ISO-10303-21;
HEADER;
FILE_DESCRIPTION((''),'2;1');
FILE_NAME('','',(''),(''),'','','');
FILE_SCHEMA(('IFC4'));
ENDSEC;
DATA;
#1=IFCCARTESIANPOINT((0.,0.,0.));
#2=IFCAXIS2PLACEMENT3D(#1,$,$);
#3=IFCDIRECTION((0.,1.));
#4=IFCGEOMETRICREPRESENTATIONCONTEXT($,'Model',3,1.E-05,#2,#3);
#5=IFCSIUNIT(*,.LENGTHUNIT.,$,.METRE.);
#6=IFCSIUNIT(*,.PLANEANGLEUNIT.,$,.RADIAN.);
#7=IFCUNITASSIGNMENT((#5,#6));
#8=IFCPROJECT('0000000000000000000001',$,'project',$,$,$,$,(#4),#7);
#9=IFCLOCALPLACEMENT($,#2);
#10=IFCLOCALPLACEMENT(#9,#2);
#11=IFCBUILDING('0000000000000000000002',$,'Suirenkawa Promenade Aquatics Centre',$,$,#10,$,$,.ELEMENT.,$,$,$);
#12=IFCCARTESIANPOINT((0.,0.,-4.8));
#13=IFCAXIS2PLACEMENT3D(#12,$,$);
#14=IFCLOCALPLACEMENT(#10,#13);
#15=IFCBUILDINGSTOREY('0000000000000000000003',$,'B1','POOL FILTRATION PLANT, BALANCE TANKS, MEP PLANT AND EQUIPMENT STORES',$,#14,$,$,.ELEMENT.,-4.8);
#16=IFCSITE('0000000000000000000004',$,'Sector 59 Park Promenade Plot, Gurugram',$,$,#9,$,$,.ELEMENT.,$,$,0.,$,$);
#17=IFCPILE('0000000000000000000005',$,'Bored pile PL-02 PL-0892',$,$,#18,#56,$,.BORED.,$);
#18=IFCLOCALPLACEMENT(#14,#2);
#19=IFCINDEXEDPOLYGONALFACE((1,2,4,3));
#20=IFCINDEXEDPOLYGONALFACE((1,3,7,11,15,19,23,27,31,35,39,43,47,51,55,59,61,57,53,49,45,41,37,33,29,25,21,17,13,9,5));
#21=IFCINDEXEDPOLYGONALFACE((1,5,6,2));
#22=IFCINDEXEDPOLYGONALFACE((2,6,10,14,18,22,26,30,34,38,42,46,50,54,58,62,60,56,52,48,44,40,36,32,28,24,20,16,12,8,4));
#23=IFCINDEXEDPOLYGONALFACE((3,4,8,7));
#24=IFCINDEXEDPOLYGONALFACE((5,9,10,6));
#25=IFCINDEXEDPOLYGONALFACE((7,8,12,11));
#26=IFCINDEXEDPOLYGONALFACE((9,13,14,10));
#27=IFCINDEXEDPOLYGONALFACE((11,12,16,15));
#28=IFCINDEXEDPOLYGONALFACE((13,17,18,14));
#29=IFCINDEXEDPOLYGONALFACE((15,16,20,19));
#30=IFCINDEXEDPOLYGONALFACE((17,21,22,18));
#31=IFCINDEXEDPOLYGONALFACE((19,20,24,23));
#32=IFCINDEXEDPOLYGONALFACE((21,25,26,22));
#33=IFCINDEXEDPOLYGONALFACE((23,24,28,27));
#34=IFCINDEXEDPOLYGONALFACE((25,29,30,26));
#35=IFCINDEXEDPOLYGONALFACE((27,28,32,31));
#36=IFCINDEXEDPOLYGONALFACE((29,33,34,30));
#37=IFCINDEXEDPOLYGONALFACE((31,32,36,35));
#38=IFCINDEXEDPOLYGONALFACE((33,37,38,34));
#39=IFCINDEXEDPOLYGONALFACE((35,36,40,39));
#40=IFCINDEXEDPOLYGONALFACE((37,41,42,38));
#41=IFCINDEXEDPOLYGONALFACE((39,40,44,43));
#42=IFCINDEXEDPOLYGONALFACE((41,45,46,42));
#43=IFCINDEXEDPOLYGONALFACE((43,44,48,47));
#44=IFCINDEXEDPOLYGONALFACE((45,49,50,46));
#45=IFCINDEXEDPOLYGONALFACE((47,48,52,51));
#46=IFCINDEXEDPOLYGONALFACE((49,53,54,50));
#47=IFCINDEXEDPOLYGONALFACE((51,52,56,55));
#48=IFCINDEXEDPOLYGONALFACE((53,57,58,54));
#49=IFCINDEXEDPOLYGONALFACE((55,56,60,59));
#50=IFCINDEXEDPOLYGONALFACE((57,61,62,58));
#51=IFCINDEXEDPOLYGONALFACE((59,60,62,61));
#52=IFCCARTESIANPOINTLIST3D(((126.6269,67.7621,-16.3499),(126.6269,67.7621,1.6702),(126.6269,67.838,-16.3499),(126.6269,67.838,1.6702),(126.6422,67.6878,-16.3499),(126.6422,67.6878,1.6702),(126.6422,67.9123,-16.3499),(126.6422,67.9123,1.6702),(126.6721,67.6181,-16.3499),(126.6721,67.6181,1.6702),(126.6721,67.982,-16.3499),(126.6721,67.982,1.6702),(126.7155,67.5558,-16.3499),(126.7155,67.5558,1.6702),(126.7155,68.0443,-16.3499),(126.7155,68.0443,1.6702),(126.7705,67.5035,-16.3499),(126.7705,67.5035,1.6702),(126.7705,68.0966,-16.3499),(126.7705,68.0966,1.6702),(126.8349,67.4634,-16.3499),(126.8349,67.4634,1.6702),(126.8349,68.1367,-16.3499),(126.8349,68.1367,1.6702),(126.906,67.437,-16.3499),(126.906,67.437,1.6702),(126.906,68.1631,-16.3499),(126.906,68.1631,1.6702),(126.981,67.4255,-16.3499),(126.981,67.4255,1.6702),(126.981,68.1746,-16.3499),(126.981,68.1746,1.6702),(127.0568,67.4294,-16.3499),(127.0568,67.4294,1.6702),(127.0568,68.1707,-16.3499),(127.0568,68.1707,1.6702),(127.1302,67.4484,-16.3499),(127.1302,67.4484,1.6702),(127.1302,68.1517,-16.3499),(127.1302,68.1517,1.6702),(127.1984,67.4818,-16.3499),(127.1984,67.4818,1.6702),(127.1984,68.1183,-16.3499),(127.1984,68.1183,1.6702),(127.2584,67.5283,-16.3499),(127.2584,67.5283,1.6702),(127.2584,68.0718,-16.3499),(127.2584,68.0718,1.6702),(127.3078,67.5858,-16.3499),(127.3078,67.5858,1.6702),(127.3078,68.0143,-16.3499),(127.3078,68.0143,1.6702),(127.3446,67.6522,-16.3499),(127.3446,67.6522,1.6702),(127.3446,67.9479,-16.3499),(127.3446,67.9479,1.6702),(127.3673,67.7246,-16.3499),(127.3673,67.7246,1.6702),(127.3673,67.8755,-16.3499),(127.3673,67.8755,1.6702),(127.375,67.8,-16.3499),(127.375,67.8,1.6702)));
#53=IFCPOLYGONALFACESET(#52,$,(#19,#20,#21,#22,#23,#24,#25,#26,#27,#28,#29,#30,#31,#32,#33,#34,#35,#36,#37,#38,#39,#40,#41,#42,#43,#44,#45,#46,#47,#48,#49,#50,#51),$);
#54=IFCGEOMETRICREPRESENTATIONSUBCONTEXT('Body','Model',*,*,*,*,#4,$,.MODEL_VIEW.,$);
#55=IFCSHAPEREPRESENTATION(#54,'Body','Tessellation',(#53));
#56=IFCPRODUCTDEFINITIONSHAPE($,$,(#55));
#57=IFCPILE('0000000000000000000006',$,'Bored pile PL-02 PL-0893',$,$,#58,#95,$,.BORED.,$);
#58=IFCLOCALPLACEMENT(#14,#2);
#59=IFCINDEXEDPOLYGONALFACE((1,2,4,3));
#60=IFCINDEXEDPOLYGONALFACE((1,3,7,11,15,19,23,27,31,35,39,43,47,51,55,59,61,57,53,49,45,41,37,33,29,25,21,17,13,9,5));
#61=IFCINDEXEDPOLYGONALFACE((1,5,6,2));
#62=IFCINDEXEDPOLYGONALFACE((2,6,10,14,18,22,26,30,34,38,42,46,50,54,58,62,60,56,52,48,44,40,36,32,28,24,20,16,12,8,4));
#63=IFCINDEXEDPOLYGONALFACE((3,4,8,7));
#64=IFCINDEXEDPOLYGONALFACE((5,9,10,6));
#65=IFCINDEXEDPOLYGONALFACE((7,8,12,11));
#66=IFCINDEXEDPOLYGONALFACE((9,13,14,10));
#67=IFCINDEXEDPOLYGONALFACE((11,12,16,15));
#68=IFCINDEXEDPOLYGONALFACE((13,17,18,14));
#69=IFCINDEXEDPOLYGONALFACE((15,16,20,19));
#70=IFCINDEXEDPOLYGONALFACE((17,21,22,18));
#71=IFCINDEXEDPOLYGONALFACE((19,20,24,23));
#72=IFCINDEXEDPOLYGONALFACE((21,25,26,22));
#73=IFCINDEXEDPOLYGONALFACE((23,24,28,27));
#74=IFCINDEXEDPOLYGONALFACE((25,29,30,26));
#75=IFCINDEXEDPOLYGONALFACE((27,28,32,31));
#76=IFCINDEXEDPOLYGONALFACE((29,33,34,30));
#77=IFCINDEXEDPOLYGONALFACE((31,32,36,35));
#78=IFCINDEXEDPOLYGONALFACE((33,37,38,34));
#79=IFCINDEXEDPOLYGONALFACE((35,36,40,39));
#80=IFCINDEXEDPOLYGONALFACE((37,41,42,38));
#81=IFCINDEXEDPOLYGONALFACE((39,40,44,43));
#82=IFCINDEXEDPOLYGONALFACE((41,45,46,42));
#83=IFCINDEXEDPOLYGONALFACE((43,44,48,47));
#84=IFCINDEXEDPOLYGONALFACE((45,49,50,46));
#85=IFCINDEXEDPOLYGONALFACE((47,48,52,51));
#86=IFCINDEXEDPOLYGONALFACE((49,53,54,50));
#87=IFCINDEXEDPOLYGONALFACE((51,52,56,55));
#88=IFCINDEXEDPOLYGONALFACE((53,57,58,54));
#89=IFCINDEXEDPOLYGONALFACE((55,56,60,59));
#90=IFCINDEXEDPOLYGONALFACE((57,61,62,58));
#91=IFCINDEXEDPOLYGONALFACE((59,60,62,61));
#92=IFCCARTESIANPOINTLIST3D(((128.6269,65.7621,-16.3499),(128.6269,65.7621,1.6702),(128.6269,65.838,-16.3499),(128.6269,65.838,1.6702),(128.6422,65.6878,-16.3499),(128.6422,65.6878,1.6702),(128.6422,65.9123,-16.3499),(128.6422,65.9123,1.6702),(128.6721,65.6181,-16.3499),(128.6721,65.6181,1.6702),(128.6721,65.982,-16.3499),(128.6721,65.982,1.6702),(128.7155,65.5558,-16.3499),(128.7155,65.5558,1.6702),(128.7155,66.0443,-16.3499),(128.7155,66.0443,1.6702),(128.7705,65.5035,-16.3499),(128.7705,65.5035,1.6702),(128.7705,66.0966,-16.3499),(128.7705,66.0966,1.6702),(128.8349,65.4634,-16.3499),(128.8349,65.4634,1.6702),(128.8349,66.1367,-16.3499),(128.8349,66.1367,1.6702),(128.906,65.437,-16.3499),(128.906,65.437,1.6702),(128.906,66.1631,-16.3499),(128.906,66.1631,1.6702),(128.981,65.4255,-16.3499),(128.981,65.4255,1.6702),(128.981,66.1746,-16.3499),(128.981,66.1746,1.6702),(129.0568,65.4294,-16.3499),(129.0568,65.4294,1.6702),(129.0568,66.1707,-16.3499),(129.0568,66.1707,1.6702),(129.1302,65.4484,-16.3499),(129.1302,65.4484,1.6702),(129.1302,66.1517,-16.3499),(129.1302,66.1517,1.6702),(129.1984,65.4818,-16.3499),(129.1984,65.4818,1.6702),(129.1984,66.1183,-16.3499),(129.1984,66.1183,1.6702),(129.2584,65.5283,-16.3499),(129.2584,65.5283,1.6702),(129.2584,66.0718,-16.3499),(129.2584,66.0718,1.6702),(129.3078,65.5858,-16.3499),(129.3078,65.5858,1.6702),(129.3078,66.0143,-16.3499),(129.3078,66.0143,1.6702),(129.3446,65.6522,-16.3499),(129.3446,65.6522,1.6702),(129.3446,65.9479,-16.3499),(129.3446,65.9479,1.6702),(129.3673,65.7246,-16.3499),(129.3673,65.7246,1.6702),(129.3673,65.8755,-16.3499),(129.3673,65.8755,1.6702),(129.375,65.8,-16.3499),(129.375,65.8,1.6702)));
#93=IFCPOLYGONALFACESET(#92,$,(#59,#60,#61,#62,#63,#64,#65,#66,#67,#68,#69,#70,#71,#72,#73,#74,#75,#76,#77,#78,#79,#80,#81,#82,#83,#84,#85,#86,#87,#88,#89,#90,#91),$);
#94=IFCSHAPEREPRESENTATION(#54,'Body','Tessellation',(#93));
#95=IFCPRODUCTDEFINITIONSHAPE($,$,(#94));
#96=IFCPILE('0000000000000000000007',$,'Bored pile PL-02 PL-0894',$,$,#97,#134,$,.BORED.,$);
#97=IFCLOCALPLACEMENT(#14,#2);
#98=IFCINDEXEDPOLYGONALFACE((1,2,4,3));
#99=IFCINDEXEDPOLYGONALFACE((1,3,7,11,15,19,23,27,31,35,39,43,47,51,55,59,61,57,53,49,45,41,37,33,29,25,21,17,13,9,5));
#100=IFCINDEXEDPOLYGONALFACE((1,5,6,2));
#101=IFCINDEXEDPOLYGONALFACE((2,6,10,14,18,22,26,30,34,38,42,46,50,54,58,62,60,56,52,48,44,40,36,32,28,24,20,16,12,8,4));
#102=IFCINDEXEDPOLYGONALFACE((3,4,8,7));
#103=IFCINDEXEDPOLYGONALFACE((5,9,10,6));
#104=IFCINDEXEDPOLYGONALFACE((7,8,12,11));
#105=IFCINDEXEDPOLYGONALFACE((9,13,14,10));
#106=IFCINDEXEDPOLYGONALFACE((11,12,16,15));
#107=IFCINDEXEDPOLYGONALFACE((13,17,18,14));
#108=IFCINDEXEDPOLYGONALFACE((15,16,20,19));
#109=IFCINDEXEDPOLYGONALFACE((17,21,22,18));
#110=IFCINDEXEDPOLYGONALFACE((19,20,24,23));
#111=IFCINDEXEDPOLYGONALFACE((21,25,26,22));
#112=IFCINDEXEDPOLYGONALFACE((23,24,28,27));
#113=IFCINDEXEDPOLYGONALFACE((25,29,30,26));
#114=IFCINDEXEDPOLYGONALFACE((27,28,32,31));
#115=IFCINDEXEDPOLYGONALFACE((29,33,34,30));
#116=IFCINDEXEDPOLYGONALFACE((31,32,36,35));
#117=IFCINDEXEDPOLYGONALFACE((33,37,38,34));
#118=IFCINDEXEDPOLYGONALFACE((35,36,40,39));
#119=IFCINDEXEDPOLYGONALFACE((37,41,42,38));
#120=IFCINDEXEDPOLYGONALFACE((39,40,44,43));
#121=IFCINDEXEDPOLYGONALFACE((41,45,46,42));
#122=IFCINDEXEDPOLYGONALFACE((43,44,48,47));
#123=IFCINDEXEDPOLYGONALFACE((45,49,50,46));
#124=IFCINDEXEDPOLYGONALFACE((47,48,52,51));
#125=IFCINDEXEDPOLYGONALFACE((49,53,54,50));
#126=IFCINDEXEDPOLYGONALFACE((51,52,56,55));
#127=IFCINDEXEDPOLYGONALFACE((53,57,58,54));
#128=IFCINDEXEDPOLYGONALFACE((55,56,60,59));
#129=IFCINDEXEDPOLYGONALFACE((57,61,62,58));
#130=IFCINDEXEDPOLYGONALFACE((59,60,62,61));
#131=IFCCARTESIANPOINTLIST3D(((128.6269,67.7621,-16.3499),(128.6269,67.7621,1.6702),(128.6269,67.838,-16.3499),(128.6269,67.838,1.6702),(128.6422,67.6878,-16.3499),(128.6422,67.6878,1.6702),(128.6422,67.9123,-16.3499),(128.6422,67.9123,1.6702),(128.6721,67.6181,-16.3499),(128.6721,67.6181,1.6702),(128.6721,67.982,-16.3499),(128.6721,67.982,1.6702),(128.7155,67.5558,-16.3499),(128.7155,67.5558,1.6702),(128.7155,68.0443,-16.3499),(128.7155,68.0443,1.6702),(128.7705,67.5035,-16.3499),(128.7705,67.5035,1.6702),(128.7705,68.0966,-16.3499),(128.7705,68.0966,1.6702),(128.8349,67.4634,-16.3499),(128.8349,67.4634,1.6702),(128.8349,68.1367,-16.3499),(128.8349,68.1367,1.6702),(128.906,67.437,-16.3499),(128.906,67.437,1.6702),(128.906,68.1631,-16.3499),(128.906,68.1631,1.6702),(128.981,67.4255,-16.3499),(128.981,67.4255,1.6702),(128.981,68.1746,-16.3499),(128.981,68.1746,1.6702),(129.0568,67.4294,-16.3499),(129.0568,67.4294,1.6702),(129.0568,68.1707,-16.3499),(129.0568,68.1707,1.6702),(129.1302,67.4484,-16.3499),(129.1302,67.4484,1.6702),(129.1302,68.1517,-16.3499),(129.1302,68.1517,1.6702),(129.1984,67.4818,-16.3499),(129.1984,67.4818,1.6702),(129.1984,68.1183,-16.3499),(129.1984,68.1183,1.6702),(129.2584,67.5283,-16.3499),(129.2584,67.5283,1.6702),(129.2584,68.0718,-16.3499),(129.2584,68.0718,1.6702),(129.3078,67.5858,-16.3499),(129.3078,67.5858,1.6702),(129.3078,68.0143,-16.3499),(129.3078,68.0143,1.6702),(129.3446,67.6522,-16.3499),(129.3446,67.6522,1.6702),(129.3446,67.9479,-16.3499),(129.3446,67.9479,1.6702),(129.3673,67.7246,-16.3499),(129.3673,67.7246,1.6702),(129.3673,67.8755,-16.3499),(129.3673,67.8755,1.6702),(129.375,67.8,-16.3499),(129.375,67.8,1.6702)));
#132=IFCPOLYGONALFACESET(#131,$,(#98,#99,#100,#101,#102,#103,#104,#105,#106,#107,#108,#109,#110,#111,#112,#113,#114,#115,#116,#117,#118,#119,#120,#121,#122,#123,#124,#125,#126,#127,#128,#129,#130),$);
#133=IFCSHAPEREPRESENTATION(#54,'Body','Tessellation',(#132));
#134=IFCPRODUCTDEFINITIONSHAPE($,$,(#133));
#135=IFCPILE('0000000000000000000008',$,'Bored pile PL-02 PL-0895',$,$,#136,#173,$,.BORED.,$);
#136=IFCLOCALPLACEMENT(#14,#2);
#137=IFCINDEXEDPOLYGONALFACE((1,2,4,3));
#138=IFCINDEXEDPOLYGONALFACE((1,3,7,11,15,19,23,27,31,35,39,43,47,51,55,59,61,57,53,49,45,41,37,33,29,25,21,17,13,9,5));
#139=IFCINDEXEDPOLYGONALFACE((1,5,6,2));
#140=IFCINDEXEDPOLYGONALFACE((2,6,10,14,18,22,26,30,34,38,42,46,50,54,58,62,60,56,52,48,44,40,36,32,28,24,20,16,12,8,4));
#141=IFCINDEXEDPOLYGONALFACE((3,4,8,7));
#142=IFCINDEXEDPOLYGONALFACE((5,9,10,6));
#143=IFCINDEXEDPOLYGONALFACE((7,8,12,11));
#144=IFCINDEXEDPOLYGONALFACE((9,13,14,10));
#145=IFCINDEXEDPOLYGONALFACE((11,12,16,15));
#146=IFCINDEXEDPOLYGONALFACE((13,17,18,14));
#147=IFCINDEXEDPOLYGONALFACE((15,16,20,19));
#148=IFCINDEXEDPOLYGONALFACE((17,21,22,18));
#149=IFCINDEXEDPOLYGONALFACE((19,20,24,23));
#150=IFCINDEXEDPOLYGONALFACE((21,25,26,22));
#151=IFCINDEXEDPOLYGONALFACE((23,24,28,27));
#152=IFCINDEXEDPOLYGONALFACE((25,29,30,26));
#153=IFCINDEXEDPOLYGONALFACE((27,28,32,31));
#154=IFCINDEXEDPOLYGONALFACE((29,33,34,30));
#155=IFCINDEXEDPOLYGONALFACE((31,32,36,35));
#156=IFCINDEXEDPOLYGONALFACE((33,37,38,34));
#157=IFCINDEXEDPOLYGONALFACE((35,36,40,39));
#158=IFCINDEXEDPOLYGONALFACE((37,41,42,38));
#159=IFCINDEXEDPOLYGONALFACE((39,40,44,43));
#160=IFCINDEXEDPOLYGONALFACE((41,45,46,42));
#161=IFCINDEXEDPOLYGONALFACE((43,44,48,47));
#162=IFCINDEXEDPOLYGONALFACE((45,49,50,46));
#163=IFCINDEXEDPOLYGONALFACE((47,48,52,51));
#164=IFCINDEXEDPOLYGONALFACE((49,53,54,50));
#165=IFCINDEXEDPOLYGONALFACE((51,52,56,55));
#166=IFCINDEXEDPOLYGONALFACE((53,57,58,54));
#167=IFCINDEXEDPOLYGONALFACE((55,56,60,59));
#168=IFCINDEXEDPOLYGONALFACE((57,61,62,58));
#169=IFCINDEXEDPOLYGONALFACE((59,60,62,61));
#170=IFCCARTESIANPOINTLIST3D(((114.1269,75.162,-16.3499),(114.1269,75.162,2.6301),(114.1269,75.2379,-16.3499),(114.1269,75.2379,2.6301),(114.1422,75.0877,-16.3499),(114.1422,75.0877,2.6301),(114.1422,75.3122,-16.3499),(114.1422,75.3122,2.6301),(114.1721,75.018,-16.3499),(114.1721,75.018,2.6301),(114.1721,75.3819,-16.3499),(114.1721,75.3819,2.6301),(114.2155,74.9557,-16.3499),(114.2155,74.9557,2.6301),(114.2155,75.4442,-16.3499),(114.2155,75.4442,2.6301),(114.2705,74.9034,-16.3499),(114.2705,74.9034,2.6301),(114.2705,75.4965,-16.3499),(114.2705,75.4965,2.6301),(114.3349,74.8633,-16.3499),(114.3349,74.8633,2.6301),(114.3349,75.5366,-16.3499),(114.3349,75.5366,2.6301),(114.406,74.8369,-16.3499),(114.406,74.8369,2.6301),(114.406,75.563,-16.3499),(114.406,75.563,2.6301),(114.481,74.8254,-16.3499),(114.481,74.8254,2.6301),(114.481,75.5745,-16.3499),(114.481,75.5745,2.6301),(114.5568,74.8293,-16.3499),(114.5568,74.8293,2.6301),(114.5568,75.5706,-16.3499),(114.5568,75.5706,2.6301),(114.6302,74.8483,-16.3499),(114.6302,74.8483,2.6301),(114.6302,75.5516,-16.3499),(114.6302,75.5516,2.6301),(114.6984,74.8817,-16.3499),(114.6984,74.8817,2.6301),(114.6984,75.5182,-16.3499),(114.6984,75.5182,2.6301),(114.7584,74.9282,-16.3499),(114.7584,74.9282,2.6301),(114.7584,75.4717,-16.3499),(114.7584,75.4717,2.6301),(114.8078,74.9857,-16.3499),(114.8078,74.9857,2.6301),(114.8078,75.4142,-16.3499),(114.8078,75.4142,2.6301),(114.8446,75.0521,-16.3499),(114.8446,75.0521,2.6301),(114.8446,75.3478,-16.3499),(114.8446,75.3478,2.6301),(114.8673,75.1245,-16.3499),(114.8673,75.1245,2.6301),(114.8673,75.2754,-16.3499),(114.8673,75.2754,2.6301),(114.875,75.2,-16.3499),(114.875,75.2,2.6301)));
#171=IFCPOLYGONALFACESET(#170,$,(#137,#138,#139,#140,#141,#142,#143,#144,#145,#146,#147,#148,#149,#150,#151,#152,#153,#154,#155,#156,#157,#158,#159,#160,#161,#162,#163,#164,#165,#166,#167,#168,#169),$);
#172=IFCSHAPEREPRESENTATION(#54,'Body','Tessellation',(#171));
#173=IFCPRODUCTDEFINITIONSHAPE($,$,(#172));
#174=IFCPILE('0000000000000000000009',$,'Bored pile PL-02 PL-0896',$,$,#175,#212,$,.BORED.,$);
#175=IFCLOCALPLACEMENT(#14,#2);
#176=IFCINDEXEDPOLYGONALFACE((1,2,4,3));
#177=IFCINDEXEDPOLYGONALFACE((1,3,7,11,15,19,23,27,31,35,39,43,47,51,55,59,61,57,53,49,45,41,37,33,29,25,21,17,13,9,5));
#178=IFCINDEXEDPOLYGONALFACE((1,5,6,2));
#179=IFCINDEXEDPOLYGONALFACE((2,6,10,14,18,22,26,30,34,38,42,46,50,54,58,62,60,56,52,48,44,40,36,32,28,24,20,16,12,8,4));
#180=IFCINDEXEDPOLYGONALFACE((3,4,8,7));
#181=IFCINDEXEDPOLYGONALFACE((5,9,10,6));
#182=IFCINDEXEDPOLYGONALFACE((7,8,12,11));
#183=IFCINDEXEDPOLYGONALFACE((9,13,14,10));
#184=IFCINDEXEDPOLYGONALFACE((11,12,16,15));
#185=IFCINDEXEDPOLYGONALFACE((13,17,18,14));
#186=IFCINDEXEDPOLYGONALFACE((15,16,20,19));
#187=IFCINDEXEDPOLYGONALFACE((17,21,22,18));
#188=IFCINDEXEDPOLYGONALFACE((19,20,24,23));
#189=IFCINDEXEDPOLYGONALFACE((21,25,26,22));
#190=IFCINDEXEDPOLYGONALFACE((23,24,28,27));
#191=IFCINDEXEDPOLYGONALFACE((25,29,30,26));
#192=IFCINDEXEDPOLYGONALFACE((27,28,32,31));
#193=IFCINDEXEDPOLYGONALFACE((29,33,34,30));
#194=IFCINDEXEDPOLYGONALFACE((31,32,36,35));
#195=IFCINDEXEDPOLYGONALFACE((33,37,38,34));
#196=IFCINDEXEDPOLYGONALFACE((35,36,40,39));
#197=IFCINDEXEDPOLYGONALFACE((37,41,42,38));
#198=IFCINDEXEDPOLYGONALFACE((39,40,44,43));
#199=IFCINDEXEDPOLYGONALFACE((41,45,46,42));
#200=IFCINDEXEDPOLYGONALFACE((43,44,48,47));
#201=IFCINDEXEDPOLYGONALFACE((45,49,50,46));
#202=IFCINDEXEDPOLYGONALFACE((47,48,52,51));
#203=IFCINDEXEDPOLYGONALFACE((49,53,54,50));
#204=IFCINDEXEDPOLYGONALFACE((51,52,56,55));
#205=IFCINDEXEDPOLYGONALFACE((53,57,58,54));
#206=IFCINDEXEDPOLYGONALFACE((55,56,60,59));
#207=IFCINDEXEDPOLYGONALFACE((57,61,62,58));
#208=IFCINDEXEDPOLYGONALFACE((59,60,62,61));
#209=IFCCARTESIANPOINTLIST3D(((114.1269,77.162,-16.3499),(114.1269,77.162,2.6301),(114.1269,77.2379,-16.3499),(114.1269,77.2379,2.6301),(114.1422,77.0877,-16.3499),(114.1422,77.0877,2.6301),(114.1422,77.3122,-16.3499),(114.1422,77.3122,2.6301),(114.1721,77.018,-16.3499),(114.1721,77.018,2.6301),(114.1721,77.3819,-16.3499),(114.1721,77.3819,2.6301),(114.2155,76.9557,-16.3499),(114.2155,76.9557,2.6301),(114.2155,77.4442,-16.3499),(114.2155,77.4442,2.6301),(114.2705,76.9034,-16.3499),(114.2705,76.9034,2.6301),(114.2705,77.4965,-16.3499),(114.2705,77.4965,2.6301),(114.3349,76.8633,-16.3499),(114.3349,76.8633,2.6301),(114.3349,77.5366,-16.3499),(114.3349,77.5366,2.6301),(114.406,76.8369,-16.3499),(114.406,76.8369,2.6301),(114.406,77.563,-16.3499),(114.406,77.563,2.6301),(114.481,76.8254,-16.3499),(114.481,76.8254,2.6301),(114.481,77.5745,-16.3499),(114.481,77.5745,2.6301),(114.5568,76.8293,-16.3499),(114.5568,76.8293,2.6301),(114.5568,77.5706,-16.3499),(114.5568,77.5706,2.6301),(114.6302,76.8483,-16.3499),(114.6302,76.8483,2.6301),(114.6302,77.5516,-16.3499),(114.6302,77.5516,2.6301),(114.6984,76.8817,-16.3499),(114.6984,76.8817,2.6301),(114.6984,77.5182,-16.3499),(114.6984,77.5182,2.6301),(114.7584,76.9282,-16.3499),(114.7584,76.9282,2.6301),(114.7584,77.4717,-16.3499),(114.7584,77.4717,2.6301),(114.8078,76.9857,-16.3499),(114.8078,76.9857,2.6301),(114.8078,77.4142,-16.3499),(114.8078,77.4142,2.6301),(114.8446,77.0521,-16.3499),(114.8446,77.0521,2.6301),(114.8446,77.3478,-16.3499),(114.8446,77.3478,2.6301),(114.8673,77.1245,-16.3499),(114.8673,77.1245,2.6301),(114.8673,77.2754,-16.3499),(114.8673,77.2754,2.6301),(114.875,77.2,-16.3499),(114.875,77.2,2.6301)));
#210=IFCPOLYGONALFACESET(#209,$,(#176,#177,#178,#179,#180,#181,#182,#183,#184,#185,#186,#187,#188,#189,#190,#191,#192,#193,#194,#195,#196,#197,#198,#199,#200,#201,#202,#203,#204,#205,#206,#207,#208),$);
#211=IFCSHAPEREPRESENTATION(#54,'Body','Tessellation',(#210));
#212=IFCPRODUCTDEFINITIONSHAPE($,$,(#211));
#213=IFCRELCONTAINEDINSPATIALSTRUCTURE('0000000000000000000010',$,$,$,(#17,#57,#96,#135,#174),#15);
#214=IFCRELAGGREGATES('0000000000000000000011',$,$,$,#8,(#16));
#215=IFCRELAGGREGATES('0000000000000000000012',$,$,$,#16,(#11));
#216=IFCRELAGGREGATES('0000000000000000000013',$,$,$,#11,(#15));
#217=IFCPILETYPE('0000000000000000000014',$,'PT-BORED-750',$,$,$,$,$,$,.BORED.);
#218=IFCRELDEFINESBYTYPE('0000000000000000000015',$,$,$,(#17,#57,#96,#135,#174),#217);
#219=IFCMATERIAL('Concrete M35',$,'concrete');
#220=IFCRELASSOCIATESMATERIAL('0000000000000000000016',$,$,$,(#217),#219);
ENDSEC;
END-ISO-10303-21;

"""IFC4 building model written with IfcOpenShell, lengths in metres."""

from ifc_helpers import new_model, si_unit, direction, frame, origin, origin_2d, place, context, subcontext, project, spatial, circle, extrude, material, material_profile, profile_set, type_object, element, save


model = new_model("IFC4")

# Units and contexts
model_context = context("Model", 3, precision=1e-05, world=origin(), true_north=direction((0.0, 1.0)))
body_context = subcontext(model_context, "Body", "Model", "MODEL_VIEW")
ifc_project = project(units=[si_unit("LENGTHUNIT", "METRE"), si_unit("PLANEANGLEUNIT", "RADIAN")], contexts=[model_context])

# Site, building, storey
site_placement = place(None, origin())
site = spatial("IfcSite", under=ifc_project, at=site_placement, Name="Sector 59 Park Promenade Plot, Gurugram", CompositionType="ELEMENT", RefElevation=0.0)
building_placement = place(site_placement, origin())
building = spatial("IfcBuilding", under=site, at=building_placement, Name="Suirenkawa Promenade Aquatics Centre", CompositionType="ELEMENT")
storey_placement = place(building_placement, frame((0.0, 0.0, -4.8)))
storey = spatial("IfcBuildingStorey", under=building, at=storey_placement, Name="B1", Description="POOL FILTRATION PLANT, BALANCE TANKS, MEP PLANT AND EQUIPMENT STORES", CompositionType="ELEMENT", Elevation=-4.8)

# Shared definitions
ifc_material_1 = material(Name="Concrete M35", Category="concrete")

# Piles
ifc_material_profile_1 = material_profile(ifc_material_1, circle(Radius=0.375, at=origin_2d()), Name="PILE D750", Category="concrete")
ifc_profile_set_1 = profile_set([ifc_material_profile_1], Name="Concrete M35")
pile_type_1 = type_object("IfcPileType", Name="PT-BORED-750", PredefinedType="BORED", material=ifc_profile_set_1)
for number, where, z_axis, x_axis, name in (
    (1, (127.0, 67.8, 1.6702), (0.0, 0.0, -1.0), (1.0, 0.0, 0.0), "Bored pile PL-02 PL-0892"),
    (2, (129.0, 65.8, 1.6702), (0.0, 0.0, -1.0), (1.0, 0.0, 0.0), "Bored pile PL-02 PL-0893"),
    (3, (129.0, 67.8, 1.6702), (0.0, 0.0, -1.0), (1.0, 0.0, 0.0), "Bored pile PL-02 PL-0894"),
):
    element("IfcPile", number, at=place(storey_placement, frame(where, z_axis=z_axis, x_axis=x_axis)), inside=storey, type_object=pile_type_1, Name=name, PredefinedType="BORED", context=body_context, shape_type="SweptSolid", body=[
        extrude(circle(Radius=0.375, at=origin_2d()), origin(), (0.0, 0.0, 1.0), 18.02),
    ])
for number, where, z_axis, x_axis, name in (
    (4, (114.5, 75.2, 2.6301), (0.0, 0.0, -1.0), (1.0, 0.0, 0.0), "Bored pile PL-02 PL-0895"),
    (5, (114.5, 77.2, 2.6301), (0.0, 0.0, -1.0), (1.0, 0.0, 0.0), "Bored pile PL-02 PL-0896"),
):
    element("IfcPile", number, at=place(storey_placement, frame(where, z_axis=z_axis, x_axis=x_axis)), inside=storey, type_object=pile_type_1, Name=name, PredefinedType="BORED", context=body_context, shape_type="SweptSolid", body=[
        extrude(circle(Radius=0.375, at=origin_2d()), origin(), (0.0, 0.0, 1.0), 18.98),
    ])

save(model, "model.ifc")
